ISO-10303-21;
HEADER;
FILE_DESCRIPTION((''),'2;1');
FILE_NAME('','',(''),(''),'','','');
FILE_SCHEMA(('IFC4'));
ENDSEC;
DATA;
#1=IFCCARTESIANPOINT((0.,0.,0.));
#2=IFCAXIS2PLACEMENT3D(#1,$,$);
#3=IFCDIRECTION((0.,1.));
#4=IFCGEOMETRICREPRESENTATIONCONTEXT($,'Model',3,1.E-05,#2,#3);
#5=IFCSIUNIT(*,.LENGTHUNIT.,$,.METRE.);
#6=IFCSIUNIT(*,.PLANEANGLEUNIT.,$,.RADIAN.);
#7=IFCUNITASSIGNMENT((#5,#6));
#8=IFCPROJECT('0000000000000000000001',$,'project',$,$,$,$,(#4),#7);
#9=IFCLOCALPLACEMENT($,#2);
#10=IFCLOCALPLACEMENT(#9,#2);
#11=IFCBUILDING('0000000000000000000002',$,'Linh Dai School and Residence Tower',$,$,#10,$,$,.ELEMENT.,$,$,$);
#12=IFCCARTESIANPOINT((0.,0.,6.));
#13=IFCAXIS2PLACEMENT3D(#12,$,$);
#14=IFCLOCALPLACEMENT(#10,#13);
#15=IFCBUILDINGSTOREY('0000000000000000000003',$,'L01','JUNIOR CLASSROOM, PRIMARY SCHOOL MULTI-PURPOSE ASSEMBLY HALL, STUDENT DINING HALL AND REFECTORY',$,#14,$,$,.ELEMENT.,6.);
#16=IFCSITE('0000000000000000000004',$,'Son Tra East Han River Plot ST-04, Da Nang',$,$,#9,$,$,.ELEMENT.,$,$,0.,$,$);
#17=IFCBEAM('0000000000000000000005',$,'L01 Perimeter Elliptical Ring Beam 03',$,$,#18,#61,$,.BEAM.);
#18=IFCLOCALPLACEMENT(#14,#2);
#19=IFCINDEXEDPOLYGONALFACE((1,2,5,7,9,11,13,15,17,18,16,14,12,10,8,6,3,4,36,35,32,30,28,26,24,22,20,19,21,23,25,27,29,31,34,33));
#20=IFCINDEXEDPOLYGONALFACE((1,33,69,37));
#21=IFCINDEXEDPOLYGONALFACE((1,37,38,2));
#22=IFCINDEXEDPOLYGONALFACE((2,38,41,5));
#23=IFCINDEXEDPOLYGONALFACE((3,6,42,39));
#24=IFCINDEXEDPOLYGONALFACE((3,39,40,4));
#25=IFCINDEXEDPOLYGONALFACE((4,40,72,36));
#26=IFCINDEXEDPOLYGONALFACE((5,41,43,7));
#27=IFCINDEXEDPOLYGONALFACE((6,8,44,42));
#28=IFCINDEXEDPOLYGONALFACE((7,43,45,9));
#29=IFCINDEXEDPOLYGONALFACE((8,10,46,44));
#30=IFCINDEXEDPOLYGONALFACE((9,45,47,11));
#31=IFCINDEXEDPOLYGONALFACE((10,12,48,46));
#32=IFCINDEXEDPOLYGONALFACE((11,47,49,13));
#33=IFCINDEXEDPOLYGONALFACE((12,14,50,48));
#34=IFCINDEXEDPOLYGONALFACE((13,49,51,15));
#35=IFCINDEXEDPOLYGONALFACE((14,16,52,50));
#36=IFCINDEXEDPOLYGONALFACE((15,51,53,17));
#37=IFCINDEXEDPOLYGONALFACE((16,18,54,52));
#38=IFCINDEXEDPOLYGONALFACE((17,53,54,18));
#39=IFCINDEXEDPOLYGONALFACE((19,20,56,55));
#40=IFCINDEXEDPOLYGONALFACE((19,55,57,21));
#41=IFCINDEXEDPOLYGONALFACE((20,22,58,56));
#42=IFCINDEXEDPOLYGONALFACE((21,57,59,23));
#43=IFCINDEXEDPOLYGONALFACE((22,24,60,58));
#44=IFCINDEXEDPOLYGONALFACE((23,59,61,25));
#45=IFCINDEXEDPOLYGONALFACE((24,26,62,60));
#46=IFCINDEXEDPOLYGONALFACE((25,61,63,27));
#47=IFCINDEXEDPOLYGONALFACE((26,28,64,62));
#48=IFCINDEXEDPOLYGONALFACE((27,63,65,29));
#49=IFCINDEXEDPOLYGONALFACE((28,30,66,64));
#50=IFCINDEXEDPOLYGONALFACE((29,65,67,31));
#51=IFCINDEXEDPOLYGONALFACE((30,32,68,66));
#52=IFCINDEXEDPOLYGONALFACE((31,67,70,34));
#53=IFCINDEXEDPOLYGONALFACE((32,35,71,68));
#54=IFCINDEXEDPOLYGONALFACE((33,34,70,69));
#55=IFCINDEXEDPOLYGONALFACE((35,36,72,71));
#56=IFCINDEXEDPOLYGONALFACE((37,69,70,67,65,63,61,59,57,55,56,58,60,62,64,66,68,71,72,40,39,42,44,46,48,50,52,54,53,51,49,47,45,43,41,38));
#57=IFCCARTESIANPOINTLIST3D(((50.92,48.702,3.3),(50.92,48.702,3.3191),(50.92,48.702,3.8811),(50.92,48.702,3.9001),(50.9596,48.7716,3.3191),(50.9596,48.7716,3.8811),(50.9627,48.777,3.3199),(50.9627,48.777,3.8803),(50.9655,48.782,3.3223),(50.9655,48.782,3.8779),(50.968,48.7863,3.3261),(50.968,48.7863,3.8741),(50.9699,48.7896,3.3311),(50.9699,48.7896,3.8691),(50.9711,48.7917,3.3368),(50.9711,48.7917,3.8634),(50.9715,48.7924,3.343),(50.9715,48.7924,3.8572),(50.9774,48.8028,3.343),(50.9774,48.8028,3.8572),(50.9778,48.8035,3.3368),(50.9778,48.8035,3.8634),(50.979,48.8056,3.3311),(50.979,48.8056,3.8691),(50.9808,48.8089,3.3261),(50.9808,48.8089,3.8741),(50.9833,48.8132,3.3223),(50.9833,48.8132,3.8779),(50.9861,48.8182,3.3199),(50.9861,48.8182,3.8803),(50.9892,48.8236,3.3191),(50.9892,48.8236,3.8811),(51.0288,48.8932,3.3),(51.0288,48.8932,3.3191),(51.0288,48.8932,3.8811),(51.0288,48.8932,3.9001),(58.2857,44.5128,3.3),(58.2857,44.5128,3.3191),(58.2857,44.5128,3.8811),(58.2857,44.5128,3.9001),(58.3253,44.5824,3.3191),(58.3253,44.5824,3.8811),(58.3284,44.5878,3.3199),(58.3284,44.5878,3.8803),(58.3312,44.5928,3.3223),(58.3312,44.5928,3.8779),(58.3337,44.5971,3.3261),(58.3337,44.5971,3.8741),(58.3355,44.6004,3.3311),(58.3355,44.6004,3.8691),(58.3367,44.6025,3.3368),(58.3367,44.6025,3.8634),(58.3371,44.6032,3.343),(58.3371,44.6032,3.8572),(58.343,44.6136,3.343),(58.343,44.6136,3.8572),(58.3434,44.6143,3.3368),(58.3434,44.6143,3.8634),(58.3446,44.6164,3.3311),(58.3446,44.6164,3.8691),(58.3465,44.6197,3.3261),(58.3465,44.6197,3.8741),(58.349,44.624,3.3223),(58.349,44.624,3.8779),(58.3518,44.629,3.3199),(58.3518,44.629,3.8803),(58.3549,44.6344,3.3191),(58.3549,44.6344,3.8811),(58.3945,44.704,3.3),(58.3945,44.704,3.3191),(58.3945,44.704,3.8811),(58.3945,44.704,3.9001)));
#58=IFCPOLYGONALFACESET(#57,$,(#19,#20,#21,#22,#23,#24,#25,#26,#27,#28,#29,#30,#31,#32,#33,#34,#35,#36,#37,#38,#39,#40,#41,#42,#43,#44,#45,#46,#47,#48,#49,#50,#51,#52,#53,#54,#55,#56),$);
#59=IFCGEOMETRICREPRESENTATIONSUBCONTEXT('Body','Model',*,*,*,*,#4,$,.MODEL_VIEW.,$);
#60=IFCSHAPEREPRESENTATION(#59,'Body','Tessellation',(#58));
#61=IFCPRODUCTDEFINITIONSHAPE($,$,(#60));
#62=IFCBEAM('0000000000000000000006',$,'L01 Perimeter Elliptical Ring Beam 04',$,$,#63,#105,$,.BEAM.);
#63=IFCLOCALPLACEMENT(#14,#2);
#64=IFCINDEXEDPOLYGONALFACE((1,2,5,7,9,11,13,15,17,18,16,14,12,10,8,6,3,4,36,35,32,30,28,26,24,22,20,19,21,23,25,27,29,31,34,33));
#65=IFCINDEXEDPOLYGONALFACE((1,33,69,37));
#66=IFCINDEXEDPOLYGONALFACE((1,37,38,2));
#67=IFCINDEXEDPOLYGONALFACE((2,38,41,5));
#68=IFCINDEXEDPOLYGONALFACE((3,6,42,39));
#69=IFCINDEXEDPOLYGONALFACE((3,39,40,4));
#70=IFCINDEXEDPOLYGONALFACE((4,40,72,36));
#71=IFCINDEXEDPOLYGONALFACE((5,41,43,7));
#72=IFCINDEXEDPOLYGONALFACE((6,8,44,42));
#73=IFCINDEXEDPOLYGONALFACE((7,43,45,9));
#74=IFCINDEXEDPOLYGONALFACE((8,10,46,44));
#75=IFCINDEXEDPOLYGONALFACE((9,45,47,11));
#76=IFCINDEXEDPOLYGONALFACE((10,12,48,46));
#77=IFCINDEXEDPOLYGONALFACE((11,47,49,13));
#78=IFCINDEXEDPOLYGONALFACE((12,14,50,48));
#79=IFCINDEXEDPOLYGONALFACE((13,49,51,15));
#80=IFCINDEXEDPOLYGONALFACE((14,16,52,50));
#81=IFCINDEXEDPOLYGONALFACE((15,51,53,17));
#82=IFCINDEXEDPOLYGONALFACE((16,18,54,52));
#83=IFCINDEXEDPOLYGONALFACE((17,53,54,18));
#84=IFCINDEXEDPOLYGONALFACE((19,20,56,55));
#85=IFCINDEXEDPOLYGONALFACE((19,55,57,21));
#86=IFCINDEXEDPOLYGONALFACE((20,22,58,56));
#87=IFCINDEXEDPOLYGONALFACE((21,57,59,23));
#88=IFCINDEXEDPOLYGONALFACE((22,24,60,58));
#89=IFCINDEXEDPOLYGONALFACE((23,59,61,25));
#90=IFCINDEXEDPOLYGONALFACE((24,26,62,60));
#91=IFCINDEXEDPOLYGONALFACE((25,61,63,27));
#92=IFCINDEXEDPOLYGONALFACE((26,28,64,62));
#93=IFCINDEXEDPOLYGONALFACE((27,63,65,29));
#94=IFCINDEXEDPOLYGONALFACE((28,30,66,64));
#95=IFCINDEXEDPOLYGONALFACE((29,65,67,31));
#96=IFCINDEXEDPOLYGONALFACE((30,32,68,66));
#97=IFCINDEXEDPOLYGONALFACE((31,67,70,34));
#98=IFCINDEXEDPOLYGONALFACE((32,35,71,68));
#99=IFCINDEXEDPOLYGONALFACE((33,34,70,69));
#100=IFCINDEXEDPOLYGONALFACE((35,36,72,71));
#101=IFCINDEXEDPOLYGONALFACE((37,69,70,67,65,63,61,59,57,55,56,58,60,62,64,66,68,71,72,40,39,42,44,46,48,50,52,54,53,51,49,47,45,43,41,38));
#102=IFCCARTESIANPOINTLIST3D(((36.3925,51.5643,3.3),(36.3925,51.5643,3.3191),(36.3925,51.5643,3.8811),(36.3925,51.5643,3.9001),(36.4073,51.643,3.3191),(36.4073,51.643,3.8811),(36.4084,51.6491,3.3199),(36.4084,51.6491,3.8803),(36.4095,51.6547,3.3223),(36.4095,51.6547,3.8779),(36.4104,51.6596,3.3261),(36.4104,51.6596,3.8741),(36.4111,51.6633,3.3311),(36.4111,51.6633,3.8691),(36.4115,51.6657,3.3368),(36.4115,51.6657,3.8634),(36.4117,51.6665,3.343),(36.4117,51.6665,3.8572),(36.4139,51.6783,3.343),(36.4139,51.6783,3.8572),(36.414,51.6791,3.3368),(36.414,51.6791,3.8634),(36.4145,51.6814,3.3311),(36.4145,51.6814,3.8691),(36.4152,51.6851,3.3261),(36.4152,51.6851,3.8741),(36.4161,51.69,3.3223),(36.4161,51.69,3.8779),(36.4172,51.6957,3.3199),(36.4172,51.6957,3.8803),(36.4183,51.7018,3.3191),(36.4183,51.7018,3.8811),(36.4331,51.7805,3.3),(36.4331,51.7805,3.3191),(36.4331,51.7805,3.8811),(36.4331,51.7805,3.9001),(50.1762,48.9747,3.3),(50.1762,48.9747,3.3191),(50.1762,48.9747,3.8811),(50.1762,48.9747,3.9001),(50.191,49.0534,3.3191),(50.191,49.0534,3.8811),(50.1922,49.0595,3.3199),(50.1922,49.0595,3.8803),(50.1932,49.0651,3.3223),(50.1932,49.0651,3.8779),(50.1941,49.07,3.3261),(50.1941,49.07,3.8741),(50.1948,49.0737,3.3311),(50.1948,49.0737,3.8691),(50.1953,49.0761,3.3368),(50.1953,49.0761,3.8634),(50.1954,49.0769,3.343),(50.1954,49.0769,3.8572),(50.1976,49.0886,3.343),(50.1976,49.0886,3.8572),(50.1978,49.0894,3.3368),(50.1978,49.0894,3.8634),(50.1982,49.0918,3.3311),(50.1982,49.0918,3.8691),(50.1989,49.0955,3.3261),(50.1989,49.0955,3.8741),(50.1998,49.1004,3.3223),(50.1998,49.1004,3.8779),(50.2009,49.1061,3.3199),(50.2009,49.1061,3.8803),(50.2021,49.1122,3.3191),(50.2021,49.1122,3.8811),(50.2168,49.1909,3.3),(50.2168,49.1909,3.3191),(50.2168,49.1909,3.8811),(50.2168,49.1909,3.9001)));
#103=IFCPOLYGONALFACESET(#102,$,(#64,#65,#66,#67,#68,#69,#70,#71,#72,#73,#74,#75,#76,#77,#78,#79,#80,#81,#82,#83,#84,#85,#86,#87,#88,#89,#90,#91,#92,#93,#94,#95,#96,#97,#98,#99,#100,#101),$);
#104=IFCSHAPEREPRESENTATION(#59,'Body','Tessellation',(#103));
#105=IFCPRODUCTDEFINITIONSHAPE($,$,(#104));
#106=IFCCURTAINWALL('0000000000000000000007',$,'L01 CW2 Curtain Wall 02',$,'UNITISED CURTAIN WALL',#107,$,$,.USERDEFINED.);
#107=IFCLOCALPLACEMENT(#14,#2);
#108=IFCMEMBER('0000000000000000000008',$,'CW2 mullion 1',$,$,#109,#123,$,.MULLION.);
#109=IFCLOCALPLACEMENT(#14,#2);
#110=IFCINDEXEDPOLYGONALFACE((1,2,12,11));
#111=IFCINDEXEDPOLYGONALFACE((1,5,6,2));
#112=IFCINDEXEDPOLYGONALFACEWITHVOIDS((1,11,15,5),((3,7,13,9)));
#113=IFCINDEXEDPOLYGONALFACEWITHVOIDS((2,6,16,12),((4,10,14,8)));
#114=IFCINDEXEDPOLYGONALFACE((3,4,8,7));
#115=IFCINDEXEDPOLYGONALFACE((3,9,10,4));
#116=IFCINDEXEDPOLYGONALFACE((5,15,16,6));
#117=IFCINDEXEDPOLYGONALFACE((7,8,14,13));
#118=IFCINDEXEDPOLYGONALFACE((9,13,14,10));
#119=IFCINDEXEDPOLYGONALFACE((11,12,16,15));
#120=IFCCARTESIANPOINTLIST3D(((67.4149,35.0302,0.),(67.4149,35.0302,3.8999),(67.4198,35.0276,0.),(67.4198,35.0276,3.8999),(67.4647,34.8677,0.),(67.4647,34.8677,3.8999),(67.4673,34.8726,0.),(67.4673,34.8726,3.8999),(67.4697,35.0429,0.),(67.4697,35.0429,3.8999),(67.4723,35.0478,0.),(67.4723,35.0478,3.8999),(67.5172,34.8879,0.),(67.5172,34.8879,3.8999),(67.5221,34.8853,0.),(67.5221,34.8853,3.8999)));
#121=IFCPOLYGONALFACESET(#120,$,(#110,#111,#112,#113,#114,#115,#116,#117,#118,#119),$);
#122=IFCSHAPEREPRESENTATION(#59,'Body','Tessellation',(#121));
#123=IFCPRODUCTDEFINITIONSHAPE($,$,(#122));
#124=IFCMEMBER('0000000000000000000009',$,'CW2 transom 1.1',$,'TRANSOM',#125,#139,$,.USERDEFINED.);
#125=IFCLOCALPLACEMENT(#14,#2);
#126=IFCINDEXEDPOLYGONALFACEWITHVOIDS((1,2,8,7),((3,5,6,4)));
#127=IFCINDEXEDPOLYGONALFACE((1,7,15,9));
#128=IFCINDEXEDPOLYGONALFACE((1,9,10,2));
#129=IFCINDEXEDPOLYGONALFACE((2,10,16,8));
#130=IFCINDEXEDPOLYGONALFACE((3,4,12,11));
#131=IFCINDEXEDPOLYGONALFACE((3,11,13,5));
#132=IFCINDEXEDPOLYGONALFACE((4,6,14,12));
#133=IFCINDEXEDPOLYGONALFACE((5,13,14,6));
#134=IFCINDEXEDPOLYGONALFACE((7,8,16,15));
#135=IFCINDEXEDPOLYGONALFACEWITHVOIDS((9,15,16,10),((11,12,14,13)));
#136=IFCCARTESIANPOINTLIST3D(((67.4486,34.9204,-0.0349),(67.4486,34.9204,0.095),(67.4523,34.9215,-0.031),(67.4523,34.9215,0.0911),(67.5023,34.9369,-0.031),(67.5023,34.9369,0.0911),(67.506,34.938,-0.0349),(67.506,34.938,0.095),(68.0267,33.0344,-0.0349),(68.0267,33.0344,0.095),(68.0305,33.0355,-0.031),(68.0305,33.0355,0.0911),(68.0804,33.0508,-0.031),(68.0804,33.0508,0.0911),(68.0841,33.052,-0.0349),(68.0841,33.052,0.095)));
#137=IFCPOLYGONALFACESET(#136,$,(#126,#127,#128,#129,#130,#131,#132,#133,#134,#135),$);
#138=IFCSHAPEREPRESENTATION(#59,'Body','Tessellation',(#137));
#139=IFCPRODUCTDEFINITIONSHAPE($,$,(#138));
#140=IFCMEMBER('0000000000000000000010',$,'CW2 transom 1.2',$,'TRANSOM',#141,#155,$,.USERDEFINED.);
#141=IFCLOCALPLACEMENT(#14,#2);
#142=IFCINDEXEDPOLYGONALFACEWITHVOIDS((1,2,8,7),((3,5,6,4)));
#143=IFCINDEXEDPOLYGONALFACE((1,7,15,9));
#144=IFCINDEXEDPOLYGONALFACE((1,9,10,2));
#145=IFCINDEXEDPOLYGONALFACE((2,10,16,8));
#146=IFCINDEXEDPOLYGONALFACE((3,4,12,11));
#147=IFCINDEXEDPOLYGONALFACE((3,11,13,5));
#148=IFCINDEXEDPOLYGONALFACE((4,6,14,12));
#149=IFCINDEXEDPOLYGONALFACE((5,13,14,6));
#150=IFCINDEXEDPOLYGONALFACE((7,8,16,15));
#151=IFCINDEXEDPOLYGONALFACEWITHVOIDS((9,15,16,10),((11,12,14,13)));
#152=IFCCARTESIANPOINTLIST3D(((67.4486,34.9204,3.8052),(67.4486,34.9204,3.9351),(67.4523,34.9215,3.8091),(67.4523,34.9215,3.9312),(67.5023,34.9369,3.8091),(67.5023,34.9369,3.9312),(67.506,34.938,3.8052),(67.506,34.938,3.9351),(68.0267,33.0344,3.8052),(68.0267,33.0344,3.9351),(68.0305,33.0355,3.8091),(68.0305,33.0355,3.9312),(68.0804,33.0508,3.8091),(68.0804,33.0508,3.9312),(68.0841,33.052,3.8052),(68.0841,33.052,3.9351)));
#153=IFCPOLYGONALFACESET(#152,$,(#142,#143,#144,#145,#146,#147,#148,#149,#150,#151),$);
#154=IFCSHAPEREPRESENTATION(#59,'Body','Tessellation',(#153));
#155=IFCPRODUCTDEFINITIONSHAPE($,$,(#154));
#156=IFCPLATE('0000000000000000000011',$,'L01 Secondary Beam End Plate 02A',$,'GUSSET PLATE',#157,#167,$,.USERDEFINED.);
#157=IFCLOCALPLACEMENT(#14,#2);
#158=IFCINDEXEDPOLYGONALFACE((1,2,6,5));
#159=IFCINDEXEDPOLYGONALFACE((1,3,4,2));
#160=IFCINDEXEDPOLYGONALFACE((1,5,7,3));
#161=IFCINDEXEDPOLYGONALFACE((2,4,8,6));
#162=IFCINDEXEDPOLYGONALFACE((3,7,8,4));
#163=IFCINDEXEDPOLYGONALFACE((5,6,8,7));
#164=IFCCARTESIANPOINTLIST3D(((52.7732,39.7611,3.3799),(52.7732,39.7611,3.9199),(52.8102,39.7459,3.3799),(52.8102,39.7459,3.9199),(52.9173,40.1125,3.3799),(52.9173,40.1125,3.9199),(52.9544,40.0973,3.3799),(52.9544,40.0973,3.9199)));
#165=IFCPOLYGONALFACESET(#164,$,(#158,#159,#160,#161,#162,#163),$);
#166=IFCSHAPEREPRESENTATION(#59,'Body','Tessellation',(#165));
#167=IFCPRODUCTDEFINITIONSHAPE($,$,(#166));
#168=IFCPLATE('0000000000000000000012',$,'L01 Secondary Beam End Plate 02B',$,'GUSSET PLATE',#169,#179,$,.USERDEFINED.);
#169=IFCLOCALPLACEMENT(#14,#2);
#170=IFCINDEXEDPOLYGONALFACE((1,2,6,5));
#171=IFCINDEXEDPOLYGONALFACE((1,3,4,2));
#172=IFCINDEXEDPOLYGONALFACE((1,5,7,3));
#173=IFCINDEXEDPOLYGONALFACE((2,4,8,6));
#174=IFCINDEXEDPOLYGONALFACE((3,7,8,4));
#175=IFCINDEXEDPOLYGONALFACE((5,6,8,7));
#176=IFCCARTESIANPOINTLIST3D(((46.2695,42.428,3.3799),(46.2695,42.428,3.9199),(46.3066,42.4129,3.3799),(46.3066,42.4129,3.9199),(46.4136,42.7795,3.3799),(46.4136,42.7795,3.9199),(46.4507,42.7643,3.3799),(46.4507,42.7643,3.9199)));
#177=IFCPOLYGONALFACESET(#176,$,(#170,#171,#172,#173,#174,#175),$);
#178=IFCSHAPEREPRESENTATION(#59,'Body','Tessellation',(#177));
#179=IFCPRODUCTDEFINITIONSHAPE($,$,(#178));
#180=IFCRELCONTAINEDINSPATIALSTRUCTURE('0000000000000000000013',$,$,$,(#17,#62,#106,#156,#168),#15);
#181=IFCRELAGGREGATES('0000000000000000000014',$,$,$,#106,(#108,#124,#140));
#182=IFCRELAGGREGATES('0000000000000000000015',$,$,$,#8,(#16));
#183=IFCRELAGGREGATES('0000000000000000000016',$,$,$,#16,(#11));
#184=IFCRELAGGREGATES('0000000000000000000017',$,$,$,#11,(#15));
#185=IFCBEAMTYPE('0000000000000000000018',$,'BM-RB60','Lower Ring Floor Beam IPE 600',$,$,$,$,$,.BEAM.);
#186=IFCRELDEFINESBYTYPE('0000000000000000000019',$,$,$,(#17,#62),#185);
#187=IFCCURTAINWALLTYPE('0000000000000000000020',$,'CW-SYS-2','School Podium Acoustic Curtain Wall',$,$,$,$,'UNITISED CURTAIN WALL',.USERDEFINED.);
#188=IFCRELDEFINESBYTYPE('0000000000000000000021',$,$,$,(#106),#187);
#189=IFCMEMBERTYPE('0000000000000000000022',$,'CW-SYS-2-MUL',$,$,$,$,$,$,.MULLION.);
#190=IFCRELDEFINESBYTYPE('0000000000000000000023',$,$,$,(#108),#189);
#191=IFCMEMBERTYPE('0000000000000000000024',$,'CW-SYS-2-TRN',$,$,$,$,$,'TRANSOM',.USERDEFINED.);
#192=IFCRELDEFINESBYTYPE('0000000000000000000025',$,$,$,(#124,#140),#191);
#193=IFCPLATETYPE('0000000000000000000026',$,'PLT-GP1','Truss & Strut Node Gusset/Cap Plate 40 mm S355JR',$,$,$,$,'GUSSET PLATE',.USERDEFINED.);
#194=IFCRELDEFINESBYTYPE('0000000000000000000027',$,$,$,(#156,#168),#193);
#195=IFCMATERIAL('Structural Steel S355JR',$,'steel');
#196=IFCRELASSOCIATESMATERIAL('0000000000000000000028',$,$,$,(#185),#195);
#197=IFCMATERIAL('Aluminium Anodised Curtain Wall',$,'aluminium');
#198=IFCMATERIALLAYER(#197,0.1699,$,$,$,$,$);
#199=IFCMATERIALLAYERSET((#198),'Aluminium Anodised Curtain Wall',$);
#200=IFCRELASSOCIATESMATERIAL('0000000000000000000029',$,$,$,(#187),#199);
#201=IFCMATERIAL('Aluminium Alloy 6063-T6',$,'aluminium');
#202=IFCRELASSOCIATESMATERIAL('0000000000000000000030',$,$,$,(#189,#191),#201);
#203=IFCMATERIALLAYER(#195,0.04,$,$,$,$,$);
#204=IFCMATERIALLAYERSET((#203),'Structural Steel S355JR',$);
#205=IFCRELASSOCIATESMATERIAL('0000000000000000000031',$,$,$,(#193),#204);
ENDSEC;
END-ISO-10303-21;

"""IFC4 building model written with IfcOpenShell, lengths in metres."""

from ifc_helpers import new_model, si_unit, direction, frame, origin, origin_2d, place, context, subcontext, project, spatial, rectangle, hollow_rectangle, i_section, extrude, source, transform, mapped, material, layer, layer_set, material_profile, profile_set, type_object, element, aggregate, save


model = new_model("IFC4")

# Units and contexts
model_context = context("Model", 3, precision=1e-05, world=origin(), true_north=direction((0.0, 1.0)))
body_context = subcontext(model_context, "Body", "Model", "MODEL_VIEW")
ifc_project = project(units=[si_unit("LENGTHUNIT", "METRE"), si_unit("PLANEANGLEUNIT", "RADIAN")], contexts=[model_context])

# Site, building, storey
site_placement = place(None, origin())
site = spatial("IfcSite", under=ifc_project, at=site_placement, Name="Son Tra East Han River Plot ST-04, Da Nang", CompositionType="ELEMENT", RefElevation=0.0)
building_placement = place(site_placement, origin())
building = spatial("IfcBuilding", under=site, at=building_placement, Name="Linh Dai School and Residence Tower", CompositionType="ELEMENT")
storey_placement = place(building_placement, frame((0.0, 0.0, 6.0)))
storey = spatial("IfcBuildingStorey", under=building, at=storey_placement, Name="L01", Description="JUNIOR CLASSROOM, PRIMARY SCHOOL MULTI-PURPOSE ASSEMBLY HALL, STUDENT DINING HALL AND REFECTORY", CompositionType="ELEMENT", Elevation=6.0)

# Shared definitions
ifc_material_1 = material(Name="Structural Steel S355JR", Category="steel")

# Beams
ifc_material_profile_1 = material_profile(ifc_material_1, i_section(OverallWidth=0.22, OverallDepth=0.6001, WebThickness=0.012, FlangeThickness=0.019, FilletRadius=0.0239, at=origin_2d()), Name="IPE 600")
ifc_profile_set_1 = profile_set([ifc_material_profile_1], Name="Structural Steel S355JR")
beam_type_1 = type_object("IfcBeamType", Name="BM-RB60", Description="Lower Ring Floor Beam IPE 600", PredefinedType="BEAM", material=ifc_profile_set_1)
beam_1_placement = place(storey_placement, frame((58.3401, 44.6084, 3.6001), z_axis=(-0.869247, 0.494379, 0.0), x_axis=(-0.494379, -0.869247, 0.0)))
element("IfcBeam", 1, at=beam_1_placement, inside=storey, type_object=beam_type_1, Name="L01 Perimeter Elliptical Ring Beam 03", PredefinedType="BEAM", context=body_context, shape_type="SweptSolid", body=[
    extrude(i_section(OverallWidth=0.22, OverallDepth=0.6001, WebThickness=0.012, FlangeThickness=0.019, FilletRadius=0.0239, at=origin_2d()), origin(), (0.0, 0.0, 1.0), 8.4736),
])
beam_2_placement = place(storey_placement, frame((50.1965, 49.0828, 3.6001), z_axis=(-0.982806, 0.184644, 0.0), x_axis=(-0.184644, -0.982806, 0.0)))
element("IfcBeam", 2, at=beam_2_placement, inside=storey, type_object=beam_type_1, Name="L01 Perimeter Elliptical Ring Beam 04", PredefinedType="BEAM", context=body_context, shape_type="SweptSolid", body=[
    extrude(i_section(OverallWidth=0.22, OverallDepth=0.6001, WebThickness=0.012, FlangeThickness=0.019, FilletRadius=0.0239, at=origin_2d()), origin(), (0.0, 0.0, 1.0), 14.0249),
])

# Curtain wall, members
ifc_material_2 = material(Name="Aluminium Anodised Curtain Wall", Category="aluminium")
ifc_layer_1 = layer(ifc_material_2, 0.1699)
ifc_layer_set_1 = layer_set([ifc_layer_1], Name="Aluminium Anodised Curtain Wall")
curtain_wall_type = type_object("IfcCurtainWallType", Name="CW-SYS-2", Description="School Podium Acoustic Curtain Wall", ElementType="UNITISED CURTAIN WALL", PredefinedType="USERDEFINED", material=ifc_layer_set_1)
curtain_wall_placement = place(storey_placement, origin())
curtain_wall = element("IfcCurtainWall", 3, at=curtain_wall_placement, inside=storey, type_object=curtain_wall_type, Name="L01 CW2 Curtain Wall 02", ObjectType="UNITISED CURTAIN WALL", PredefinedType="USERDEFINED")
ifc_material_3 = material(Name="Aluminium Alloy 6063-T6", Category="aluminium")
ifc_material_profile_2 = material_profile(ifc_material_3, hollow_rectangle(XDim=0.0601, YDim=0.1699, WallThickness=0.0039, at=origin_2d()), Name="RHS 170x60x4")
ifc_profile_set_2 = profile_set([ifc_material_profile_2], Name="Aluminium Alloy 6063-T6")
member_type_1 = type_object("IfcMemberType", Name="CW-SYS-2-MUL", PredefinedType="MULLION", material=ifc_profile_set_2)
shared_shape_1 = source(origin(), body_context, "Body", "SweptSolid", [
    extrude(hollow_rectangle(XDim=0.0601, YDim=0.1699, WallThickness=0.0039, at=origin_2d()), origin(), (0.0, 0.0, 1.0), 3.8999),
])
member_1_placement = place(storey_placement, frame((67.4685, 34.9578, 0.0), z_axis=(0.0, 0.0, 1.0), x_axis=(0.956081, 0.293104, 0.0)))
member_1 = element("IfcMember", 4, at=member_1_placement, type_object=member_type_1, Name="CW2 mullion 1", PredefinedType="MULLION", context=body_context, shape_type="MappedRepresentation", body=[
    mapped(shared_shape_1, transform((0.0, 0.0, 0.0), x_axis=(1.0, 0.0, 0.0), y_axis=(0.0, 1.0, 0.0), z_axis=(0.0, 0.0, 1.0), scale=1.0)),
])
ifc_material_profile_3 = material_profile(ifc_material_3, hollow_rectangle(XDim=0.0601, YDim=0.1299, WallThickness=0.0039, at=origin_2d()), Name="RHS 130x60x4")
ifc_profile_set_3 = profile_set([ifc_material_profile_3], Name="Aluminium Alloy 6063-T6")
member_type_2 = type_object("IfcMemberType", Name="CW-SYS-2-TRN", ElementType="TRANSOM", PredefinedType="USERDEFINED", material=ifc_profile_set_3)
shared_shape_2 = source(origin(), body_context, "Body", "SweptSolid", [
    extrude(hollow_rectangle(XDim=0.0601, YDim=0.1299, WallThickness=0.0039, at=origin_2d()), origin(), (0.0, 0.0, 1.0), 1.9727),
])
member_2_placement = place(storey_placement, frame((67.4773, 34.9292, 0.03), z_axis=(0.293077, -0.956089, 0.0), x_axis=(0.956089, 0.293077, 0.0)))
member_2 = element("IfcMember", 5, at=member_2_placement, type_object=member_type_2, Name="CW2 transom 1.1", ObjectType="TRANSOM", PredefinedType="USERDEFINED", context=body_context, shape_type="MappedRepresentation", body=[
    mapped(shared_shape_2, transform((0.0, 0.0, 0.0), x_axis=(1.0, 0.0, 0.0), y_axis=(0.0, 1.0, 0.0), z_axis=(0.0, 0.0, 1.0), scale=1.0)),
])
member_3_placement = place(storey_placement, frame((67.4773, 34.9292, 3.8701), z_axis=(0.293077, -0.956089, 0.0), x_axis=(0.956089, 0.293077, 0.0)))
member_3 = element("IfcMember", 6, at=member_3_placement, type_object=member_type_2, Name="CW2 transom 1.2", ObjectType="TRANSOM", PredefinedType="USERDEFINED", context=body_context, shape_type="MappedRepresentation", body=[
    mapped(shared_shape_2, transform((0.0, 0.0, 0.0), x_axis=(1.0, 0.0, 0.0), y_axis=(0.0, 1.0, 0.0), z_axis=(0.0, 0.0, 1.0), scale=1.0)),
])

# Plates
ifc_layer_2 = layer(ifc_material_1, 0.04)
ifc_layer_set_2 = layer_set([ifc_layer_2], Name="Structural Steel S355JR")
plate_type_1 = type_object("IfcPlateType", Name="PLT-GP1", Description="Truss & Strut Node Gusset/Cap Plate 40 mm S355JR", ElementType="GUSSET PLATE", PredefinedType="USERDEFINED", material=ifc_layer_set_2)
shared_shape_3 = source(origin(), body_context, "Body", "SweptSolid", [
    extrude(rectangle(XDim=0.04, YDim=0.3799, at=origin_2d()), origin(), (0.0, 0.0, 1.0), 0.54),
])
for number, where, z_axis, x_axis, name in (
    (7, (52.8638, 39.9292, 3.3799), (0.0, 0.0, 1.0), (-0.925232, 0.379401, 0.0), "L01 Secondary Beam End Plate 02A"),
    (8, (46.3601, 42.5962, 3.3799), (0.0, 0.0, 1.0), (-0.925232, 0.379401, 0.0), "L01 Secondary Beam End Plate 02B"),
):
    element("IfcPlate", number, at=place(storey_placement, frame(where, z_axis=z_axis, x_axis=x_axis)), inside=storey, type_object=plate_type_1, Name=name, ObjectType="GUSSET PLATE", PredefinedType="USERDEFINED", context=body_context, shape_type="MappedRepresentation", body=[
        mapped(shared_shape_3, transform((0.0, 0.0, 0.0), x_axis=(1.0, 0.0, 0.0), y_axis=(0.0, 1.0, 0.0), z_axis=(0.0, 0.0, 1.0), scale=1.0)),
    ])

aggregate(curtain_wall, [member_1, member_2, member_3])

save(model, "model.ifc")
